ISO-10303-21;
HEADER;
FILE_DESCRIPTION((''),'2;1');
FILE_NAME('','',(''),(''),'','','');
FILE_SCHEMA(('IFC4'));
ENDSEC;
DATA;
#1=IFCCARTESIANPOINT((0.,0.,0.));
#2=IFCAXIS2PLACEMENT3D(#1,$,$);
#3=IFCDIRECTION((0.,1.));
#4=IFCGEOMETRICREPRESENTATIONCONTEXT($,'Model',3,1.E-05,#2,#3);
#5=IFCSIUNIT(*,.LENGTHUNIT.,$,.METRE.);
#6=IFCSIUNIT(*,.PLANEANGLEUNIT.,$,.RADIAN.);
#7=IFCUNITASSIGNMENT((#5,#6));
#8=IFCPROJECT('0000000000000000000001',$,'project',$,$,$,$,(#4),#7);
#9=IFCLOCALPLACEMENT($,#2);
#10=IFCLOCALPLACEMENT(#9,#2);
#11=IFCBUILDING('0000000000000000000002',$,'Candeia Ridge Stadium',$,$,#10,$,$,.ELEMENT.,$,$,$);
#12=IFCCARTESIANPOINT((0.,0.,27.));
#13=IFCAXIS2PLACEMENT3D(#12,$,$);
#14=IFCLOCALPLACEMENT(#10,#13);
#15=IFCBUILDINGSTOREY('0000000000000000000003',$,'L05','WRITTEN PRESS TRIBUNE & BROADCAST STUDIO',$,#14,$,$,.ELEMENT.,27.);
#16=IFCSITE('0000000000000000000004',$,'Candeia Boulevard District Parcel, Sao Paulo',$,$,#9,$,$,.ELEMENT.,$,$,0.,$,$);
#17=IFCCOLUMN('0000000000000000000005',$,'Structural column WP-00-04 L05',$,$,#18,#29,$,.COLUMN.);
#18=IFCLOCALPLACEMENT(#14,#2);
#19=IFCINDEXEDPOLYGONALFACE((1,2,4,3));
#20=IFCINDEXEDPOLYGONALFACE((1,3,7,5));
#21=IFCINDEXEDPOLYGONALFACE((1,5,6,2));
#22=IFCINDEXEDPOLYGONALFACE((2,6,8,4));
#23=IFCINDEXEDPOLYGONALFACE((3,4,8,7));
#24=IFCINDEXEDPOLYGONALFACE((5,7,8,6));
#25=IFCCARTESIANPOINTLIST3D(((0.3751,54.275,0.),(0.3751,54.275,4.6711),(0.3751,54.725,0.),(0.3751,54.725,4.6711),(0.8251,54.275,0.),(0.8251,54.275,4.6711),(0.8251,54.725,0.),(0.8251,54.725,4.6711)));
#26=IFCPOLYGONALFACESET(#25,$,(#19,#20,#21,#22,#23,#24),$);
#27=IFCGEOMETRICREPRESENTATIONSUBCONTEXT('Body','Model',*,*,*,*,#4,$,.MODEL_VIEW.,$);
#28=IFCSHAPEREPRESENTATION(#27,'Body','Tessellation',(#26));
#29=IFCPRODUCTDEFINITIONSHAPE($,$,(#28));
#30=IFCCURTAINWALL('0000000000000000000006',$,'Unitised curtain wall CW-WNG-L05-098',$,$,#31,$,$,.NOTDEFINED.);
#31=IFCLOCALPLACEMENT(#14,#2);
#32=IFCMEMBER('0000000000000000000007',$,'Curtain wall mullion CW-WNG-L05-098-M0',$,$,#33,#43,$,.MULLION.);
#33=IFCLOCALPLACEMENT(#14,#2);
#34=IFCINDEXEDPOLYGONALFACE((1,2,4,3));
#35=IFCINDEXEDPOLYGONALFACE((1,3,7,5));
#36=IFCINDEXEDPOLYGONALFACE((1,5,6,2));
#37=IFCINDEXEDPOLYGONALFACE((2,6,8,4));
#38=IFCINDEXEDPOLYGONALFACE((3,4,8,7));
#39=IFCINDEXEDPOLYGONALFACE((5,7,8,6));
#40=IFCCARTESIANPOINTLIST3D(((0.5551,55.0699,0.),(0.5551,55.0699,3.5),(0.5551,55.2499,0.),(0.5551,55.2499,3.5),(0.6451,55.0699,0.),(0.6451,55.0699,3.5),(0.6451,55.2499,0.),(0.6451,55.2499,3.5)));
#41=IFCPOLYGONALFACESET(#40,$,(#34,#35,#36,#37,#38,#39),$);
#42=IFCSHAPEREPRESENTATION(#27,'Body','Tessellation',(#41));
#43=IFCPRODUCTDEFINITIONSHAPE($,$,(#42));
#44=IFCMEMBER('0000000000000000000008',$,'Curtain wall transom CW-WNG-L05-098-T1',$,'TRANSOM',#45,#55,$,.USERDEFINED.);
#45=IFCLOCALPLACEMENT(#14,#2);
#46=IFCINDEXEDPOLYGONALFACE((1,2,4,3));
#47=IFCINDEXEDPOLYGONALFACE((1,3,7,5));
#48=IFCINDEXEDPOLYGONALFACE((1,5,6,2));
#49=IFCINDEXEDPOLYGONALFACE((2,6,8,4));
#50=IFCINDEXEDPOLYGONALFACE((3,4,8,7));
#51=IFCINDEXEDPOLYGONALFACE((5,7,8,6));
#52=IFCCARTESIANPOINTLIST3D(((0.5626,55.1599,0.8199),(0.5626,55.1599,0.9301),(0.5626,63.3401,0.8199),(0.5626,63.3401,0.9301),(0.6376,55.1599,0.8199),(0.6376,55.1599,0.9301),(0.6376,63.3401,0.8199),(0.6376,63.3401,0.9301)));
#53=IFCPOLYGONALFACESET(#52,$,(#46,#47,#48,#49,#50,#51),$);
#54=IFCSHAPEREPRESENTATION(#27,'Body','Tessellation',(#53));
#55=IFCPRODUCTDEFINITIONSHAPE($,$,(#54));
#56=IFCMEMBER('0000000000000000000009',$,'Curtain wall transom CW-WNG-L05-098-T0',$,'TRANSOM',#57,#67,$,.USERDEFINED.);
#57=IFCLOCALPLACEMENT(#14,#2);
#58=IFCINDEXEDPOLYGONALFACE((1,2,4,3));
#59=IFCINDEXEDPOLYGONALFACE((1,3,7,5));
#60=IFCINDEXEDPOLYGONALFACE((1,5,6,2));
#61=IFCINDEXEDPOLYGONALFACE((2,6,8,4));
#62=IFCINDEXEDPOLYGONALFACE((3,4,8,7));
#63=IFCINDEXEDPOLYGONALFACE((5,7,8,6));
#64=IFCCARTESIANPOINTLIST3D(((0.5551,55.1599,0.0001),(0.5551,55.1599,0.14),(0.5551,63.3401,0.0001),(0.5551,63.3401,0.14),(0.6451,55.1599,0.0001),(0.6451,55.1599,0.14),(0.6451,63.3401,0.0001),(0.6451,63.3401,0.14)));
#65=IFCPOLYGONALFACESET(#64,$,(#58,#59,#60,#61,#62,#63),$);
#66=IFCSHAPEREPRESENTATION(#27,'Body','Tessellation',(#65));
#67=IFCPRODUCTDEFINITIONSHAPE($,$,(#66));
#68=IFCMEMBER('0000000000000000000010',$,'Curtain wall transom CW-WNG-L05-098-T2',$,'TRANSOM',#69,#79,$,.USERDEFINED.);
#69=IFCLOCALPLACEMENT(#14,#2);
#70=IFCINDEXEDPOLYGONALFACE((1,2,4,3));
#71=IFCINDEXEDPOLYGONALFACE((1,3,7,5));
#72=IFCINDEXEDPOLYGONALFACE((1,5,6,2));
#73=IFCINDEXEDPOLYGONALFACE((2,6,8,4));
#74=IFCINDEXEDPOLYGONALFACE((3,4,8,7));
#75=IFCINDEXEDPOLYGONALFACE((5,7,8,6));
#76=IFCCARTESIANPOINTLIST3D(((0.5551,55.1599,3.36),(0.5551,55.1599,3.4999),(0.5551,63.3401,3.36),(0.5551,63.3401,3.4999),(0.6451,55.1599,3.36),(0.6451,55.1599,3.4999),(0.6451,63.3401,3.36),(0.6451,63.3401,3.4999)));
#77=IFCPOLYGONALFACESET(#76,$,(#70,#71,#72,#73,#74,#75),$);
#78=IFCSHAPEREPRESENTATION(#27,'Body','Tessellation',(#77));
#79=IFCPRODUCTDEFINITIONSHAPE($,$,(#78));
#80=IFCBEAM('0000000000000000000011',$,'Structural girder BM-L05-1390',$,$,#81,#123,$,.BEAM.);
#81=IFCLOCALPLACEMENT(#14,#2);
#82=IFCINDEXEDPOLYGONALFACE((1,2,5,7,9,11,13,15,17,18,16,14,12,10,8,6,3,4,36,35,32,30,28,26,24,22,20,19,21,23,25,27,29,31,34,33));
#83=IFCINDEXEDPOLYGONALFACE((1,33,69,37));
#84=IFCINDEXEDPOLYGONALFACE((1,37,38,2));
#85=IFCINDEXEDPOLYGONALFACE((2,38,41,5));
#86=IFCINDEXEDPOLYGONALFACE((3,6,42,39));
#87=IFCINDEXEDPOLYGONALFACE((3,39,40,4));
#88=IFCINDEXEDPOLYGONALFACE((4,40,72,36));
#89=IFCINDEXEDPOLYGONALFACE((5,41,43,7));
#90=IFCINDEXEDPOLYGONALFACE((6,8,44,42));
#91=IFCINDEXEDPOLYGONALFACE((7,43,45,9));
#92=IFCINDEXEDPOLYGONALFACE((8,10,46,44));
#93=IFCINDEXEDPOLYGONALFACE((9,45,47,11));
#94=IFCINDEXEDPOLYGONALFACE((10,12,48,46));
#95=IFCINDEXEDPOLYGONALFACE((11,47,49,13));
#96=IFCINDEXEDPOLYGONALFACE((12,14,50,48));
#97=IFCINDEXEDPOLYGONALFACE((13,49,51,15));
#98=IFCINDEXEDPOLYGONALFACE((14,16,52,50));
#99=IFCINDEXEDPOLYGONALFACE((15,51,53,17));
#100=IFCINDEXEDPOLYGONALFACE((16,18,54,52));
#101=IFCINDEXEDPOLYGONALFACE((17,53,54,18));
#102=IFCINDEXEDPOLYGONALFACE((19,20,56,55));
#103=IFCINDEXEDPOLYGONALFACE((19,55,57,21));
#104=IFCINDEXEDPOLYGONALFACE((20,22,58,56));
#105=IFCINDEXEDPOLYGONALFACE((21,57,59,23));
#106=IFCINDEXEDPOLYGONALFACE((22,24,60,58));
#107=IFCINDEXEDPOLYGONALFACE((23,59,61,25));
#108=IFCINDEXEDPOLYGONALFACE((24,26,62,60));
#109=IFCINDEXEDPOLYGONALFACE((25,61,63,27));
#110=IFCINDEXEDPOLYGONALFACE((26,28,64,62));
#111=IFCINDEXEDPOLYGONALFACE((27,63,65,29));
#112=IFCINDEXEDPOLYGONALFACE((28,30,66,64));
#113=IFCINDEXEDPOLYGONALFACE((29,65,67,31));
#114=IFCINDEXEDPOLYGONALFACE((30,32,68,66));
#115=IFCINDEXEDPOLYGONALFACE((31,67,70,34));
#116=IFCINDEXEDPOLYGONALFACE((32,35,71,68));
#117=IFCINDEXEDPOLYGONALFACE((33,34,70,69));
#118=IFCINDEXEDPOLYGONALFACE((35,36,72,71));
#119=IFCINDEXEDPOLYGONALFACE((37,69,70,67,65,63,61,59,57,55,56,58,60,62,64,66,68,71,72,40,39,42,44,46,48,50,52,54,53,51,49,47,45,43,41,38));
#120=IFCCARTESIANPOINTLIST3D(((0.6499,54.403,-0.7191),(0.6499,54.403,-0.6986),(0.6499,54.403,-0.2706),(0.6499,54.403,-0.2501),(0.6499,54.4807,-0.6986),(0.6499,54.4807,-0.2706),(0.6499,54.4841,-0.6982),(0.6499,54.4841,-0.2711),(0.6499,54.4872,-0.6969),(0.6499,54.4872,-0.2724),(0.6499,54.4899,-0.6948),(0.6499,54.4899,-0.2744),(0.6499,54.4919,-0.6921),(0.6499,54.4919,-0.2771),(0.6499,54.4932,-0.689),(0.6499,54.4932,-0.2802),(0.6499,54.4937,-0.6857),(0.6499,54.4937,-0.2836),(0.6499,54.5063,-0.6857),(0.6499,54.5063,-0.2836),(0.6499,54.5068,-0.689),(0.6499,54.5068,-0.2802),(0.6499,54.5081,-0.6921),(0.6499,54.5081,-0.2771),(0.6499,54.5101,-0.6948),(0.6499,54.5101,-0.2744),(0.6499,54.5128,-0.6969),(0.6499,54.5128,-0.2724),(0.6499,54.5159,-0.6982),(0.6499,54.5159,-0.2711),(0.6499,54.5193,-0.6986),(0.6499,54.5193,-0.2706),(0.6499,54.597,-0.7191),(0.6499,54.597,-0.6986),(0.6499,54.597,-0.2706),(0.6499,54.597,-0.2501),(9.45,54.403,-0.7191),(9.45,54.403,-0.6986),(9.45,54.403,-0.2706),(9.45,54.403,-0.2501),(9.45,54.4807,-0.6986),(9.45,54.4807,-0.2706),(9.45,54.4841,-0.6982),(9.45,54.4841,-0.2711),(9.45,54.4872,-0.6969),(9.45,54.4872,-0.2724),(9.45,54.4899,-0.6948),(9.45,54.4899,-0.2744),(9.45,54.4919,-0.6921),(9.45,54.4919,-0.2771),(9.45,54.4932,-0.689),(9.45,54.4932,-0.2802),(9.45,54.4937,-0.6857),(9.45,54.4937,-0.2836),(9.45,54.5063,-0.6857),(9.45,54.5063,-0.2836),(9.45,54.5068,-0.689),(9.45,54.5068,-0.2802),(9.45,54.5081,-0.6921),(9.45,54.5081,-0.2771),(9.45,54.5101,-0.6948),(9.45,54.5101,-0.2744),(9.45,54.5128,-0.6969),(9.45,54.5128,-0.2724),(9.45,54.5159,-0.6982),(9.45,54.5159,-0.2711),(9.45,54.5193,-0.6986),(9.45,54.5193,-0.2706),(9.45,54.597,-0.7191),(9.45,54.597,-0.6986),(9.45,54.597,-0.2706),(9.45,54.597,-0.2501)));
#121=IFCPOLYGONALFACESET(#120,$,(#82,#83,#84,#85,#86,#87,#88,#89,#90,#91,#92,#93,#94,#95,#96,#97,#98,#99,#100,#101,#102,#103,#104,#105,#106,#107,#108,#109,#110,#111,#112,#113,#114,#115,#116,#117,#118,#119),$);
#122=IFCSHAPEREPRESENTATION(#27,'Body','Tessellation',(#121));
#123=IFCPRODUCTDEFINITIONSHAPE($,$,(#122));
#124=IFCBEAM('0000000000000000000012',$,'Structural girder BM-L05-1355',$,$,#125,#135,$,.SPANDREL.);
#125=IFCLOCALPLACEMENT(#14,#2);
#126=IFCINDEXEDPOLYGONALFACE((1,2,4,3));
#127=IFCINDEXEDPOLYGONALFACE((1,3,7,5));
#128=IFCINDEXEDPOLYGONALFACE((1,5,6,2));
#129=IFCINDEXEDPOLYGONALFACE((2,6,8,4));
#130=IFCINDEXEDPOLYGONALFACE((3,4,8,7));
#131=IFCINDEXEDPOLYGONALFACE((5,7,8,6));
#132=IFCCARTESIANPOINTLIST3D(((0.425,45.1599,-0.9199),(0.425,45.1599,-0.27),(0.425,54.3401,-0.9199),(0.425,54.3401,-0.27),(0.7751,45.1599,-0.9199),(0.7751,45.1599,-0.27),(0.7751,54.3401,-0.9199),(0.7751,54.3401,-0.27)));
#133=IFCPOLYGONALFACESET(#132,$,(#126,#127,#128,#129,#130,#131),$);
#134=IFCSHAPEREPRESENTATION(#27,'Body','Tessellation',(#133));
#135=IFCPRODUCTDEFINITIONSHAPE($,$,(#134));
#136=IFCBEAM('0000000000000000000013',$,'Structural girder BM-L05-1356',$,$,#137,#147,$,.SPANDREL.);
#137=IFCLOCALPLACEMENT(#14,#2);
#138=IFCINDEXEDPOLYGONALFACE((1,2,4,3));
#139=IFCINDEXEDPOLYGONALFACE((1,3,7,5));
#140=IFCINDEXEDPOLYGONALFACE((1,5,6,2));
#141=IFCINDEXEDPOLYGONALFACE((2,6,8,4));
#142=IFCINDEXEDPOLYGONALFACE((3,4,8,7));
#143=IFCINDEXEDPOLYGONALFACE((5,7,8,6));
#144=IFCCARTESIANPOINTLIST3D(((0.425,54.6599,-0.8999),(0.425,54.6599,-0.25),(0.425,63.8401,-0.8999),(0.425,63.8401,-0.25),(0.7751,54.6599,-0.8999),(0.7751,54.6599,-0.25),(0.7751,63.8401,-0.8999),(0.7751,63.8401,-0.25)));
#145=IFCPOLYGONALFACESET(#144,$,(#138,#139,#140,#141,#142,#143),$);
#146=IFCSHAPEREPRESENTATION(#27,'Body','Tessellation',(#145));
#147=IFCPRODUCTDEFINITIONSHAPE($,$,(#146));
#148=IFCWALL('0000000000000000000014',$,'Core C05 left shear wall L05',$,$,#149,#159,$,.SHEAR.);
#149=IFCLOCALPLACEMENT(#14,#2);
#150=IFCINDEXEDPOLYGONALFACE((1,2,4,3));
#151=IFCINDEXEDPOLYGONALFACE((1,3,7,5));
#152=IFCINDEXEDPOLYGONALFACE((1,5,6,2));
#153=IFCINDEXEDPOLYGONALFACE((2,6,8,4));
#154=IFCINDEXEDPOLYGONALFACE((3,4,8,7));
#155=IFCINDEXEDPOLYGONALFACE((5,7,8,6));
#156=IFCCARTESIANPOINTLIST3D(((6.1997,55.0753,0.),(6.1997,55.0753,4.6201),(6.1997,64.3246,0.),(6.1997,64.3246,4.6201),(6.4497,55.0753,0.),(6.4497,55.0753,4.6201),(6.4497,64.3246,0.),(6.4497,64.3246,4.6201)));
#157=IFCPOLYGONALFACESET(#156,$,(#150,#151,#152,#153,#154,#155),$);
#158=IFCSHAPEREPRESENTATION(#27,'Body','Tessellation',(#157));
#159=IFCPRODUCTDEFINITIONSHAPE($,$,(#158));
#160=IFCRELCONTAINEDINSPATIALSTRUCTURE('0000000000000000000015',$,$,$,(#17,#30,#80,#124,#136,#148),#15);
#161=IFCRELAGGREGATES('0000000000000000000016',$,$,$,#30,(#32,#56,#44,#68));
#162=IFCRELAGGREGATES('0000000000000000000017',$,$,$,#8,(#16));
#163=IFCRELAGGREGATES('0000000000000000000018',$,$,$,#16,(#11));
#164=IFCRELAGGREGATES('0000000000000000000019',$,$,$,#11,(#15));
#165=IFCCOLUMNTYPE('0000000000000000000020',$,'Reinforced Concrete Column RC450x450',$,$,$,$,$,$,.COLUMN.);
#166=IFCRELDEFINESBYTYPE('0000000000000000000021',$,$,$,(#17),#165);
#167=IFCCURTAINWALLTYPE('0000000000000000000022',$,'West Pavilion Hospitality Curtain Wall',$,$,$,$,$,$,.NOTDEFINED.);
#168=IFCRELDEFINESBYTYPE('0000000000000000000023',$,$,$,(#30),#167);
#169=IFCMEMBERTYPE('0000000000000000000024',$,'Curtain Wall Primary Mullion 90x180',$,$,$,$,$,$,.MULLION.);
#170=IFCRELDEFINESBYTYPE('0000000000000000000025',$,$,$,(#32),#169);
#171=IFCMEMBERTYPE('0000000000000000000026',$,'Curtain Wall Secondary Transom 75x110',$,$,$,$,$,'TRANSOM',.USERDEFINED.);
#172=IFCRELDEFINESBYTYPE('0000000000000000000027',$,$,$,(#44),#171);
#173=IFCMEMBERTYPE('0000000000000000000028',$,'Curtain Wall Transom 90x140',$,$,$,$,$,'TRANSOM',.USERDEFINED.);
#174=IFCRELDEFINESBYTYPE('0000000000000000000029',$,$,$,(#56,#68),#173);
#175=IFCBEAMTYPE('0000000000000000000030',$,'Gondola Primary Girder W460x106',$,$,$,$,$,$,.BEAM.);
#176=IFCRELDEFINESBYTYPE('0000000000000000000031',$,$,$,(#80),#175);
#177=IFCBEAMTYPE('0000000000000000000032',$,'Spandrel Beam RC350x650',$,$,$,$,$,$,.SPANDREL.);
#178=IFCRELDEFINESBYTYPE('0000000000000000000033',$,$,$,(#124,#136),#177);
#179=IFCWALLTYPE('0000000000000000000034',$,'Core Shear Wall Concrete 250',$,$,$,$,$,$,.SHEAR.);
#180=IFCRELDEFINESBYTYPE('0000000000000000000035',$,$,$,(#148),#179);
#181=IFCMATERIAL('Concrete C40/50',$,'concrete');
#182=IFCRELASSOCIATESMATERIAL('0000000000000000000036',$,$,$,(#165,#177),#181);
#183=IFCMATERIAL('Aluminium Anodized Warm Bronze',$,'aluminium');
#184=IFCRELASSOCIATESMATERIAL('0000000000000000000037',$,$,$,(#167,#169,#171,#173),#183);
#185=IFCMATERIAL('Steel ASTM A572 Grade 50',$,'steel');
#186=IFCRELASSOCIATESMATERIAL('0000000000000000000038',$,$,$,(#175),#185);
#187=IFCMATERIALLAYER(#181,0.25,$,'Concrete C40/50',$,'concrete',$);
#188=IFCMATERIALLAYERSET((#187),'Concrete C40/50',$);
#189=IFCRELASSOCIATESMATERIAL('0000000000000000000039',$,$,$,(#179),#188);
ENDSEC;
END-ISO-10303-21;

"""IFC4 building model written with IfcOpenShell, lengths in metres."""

from ifc_helpers import new_model, si_unit, direction, frame, frame_2d, origin, origin_2d, place, context, subcontext, project, spatial, rectangle, i_section, extrude, material, layer, layer_set, material_profile, profile_set, type_object, element, aggregate, save


model = new_model("IFC4")

# Units and contexts
model_context = context("Model", 3, precision=1e-05, world=origin(), true_north=direction((0.0, 1.0)))
body_context = subcontext(model_context, "Body", "Model", "MODEL_VIEW")
ifc_project = project(units=[si_unit("LENGTHUNIT", "METRE"), si_unit("PLANEANGLEUNIT", "RADIAN")], contexts=[model_context])

# Site, building, storey
site_placement = place(None, origin())
site = spatial("IfcSite", under=ifc_project, at=site_placement, Name="Candeia Boulevard District Parcel, Sao Paulo", CompositionType="ELEMENT", RefElevation=0.0)
building_placement = place(site_placement, origin())
building = spatial("IfcBuilding", under=site, at=building_placement, Name="Candeia Ridge Stadium", CompositionType="ELEMENT")
storey_placement = place(building_placement, frame((0.0, 0.0, 27.0)))
storey = spatial("IfcBuildingStorey", under=building, at=storey_placement, Name="L05", Description="WRITTEN PRESS TRIBUNE & BROADCAST STUDIO", CompositionType="ELEMENT", Elevation=27.0)

# Column
ifc_material_1 = material(Name="Concrete C40/50", Category="concrete")
ifc_material_profile_1 = material_profile(ifc_material_1, rectangle(XDim=0.45, YDim=0.45, at=origin_2d()), Name="RC450x450", Category="concrete")
ifc_profile_set_1 = profile_set([ifc_material_profile_1], Name="Concrete C40/50")
column_type = type_object("IfcColumnType", Name="Reinforced Concrete Column RC450x450", PredefinedType="COLUMN", material=ifc_profile_set_1)
column_placement = place(storey_placement, frame((0.6001, 54.5, 0.0), z_axis=(0.0, 0.0, 1.0), x_axis=(1.0, 0.0, 0.0)))
element("IfcColumn", 1, at=column_placement, inside=storey, type_object=column_type, Name="Structural column WP-00-04 L05", PredefinedType="COLUMN", context=body_context, shape_type="SweptSolid", body=[
    extrude(rectangle(XDim=0.45, YDim=0.45, at=origin_2d()), origin(), (0.0, 0.0, 1.0), 4.6711),
])

# Curtain wall, members
ifc_material_2 = material(Name="Aluminium Anodized Warm Bronze", Category="aluminium")
curtain_wall_type = type_object("IfcCurtainWallType", Name="West Pavilion Hospitality Curtain Wall", PredefinedType="NOTDEFINED", material=ifc_material_2)
curtain_wall_placement = place(storey_placement, origin())
curtain_wall = element("IfcCurtainWall", 2, at=curtain_wall_placement, inside=storey, type_object=curtain_wall_type, Name="Unitised curtain wall CW-WNG-L05-098", PredefinedType="NOTDEFINED")
ifc_material_profile_2 = material_profile(ifc_material_2, rectangle(XDim=0.0901, YDim=0.1799, at=origin_2d()), Name="CWM-90x180", Category="aluminium")
ifc_profile_set_2 = profile_set([ifc_material_profile_2], Name="Aluminium Anodized Warm Bronze")
member_type_1 = type_object("IfcMemberType", Name="Curtain Wall Primary Mullion 90x180", PredefinedType="MULLION", material=ifc_profile_set_2)
member_1_placement = place(storey_placement, frame((0.6001, 55.1599, 0.0), z_axis=(0.0, 0.0, 1.0), x_axis=(1.0, 0.0, 0.0)))
member_1 = element("IfcMember", 3, at=member_1_placement, type_object=member_type_1, Name="Curtain wall mullion CW-WNG-L05-098-M0", PredefinedType="MULLION", context=body_context, shape_type="SweptSolid", body=[
    extrude(rectangle(XDim=0.0901, YDim=0.1799, at=origin_2d()), origin(), (0.0, 0.0, 1.0), 3.5),
])
ifc_material_profile_3 = material_profile(ifc_material_2, rectangle(XDim=0.075, YDim=0.1101, at=origin_2d()), Name="CWT-75x110", Category="aluminium")
ifc_profile_set_3 = profile_set([ifc_material_profile_3], Name="Aluminium Anodized Warm Bronze")
member_type_2 = type_object("IfcMemberType", Name="Curtain Wall Secondary Transom 75x110", ElementType="TRANSOM", PredefinedType="USERDEFINED", material=ifc_profile_set_3)
member_2_placement = place(storey_placement, frame((0.6001, 55.1599, 0.875), z_axis=(0.0, 1.0, 0.0), x_axis=(-1.0, 0.0, 0.0)))
member_2 = element("IfcMember", 4, at=member_2_placement, type_object=member_type_2, Name="Curtain wall transom CW-WNG-L05-098-T1", ObjectType="TRANSOM", PredefinedType="USERDEFINED", context=body_context, shape_type="SweptSolid", body=[
    extrude(rectangle(XDim=0.075, YDim=0.1101, at=origin_2d()), origin(), (0.0, 0.0, 1.0), 8.1802),
])
ifc_material_profile_4 = material_profile(ifc_material_2, rectangle(XDim=0.0901, YDim=0.1399, at=origin_2d()), Name="CWT-90x140", Category="aluminium")
ifc_profile_set_4 = profile_set([ifc_material_profile_4], Name="Aluminium Anodized Warm Bronze")
member_type_3 = type_object("IfcMemberType", Name="Curtain Wall Transom 90x140", ElementType="TRANSOM", PredefinedType="USERDEFINED", material=ifc_profile_set_4)
member_3_placement = place(storey_placement, frame((0.6001, 55.1599, 0.0701), z_axis=(0.0, 1.0, 0.0), x_axis=(-1.0, 0.0, 0.0)))
member_3 = element("IfcMember", 5, at=member_3_placement, type_object=member_type_3, Name="Curtain wall transom CW-WNG-L05-098-T0", ObjectType="TRANSOM", PredefinedType="USERDEFINED", context=body_context, shape_type="SweptSolid", body=[
    extrude(rectangle(XDim=0.0901, YDim=0.1399, at=origin_2d()), origin(), (0.0, 0.0, 1.0), 8.1802),
])
member_4_placement = place(storey_placement, frame((0.6001, 55.1599, 3.4299), z_axis=(0.0, 1.0, 0.0), x_axis=(-1.0, 0.0, 0.0)))
member_4 = element("IfcMember", 6, at=member_4_placement, type_object=member_type_3, Name="Curtain wall transom CW-WNG-L05-098-T2", ObjectType="TRANSOM", PredefinedType="USERDEFINED", context=body_context, shape_type="SweptSolid", body=[
    extrude(rectangle(XDim=0.0901, YDim=0.1399, at=origin_2d()), origin(), (0.0, 0.0, 1.0), 8.1802),
])
aggregate(curtain_wall, [member_1, member_3, member_2, member_4])

# Beams
ifc_material_3 = material(Name="Steel ASTM A572 Grade 50", Category="steel")
ifc_material_profile_5 = material_profile(ifc_material_3, i_section(OverallWidth=0.1941, OverallDepth=0.469, WebThickness=0.0127, FlangeThickness=0.0205, FilletRadius=0.0129, at=origin_2d()), Name="W460x106", Category="steel")
ifc_profile_set_5 = profile_set([ifc_material_profile_5], Name="Steel ASTM A572 Grade 50")
beam_type_1 = type_object("IfcBeamType", Name="Gondola Primary Girder W460x106", PredefinedType="BEAM", material=ifc_profile_set_5)
beam_placement = place(storey_placement, frame((0.6499, 54.5, -0.4846), z_axis=(1.0, 0.0, 0.0), x_axis=(0.0, 1.0, 0.0)))
element("IfcBeam", 7, at=beam_placement, inside=storey, type_object=beam_type_1, Name="Structural girder BM-L05-1390", PredefinedType="BEAM", context=body_context, shape_type="SweptSolid", body=[
    extrude(i_section(OverallWidth=0.1941, OverallDepth=0.469, WebThickness=0.0127, FlangeThickness=0.0205, FilletRadius=0.0129, at=origin_2d()), origin(), (0.0, 0.0, 1.0), 8.8),
])
ifc_material_profile_6 = material_profile(ifc_material_1, rectangle(XDim=0.3501, YDim=0.6499, at=origin_2d()), Name="RC350x650", Category="concrete")
ifc_profile_set_6 = profile_set([ifc_material_profile_6], Name="Concrete C40/50")
beam_type_2 = type_object("IfcBeamType", Name="Spandrel Beam RC350x650", PredefinedType="SPANDREL", material=ifc_profile_set_6)
for number, where, z_axis, x_axis, name in (
    (8, (0.6001, 45.1599, -0.595), (0.0, 1.0, 0.0), (-1.0, 0.0, 0.0), "Structural girder BM-L05-1355"),
    (9, (0.6001, 54.6599, -0.575), (0.0, 1.0, 0.0), (-1.0, 0.0, 0.0), "Structural girder BM-L05-1356"),
):
    element("IfcBeam", number, at=place(storey_placement, frame(where, z_axis=z_axis, x_axis=x_axis)), inside=storey, type_object=beam_type_2, Name=name, PredefinedType="SPANDREL", context=body_context, shape_type="SweptSolid", body=[
        extrude(rectangle(XDim=0.3501, YDim=0.6499, at=origin_2d()), origin(), (0.0, 0.0, 1.0), 9.1802),
    ])

# Wall
ifc_layer_1 = layer(ifc_material_1, 0.25, Name="Concrete C40/50", Category="concrete")
ifc_layer_set_1 = layer_set([ifc_layer_1], Name="Concrete C40/50")
wall_type_1 = type_object("IfcWallType", Name="Core Shear Wall Concrete 250", PredefinedType="SHEAR", material=ifc_layer_set_1)
wall_1_placement = place(storey_placement, frame((6.3247, 55.0754, 0.0), z_axis=(0.0, 0.0, 1.0), x_axis=(0.0, 1.0, 0.0)))
element("IfcWall", 10, at=wall_1_placement, inside=storey, type_object=wall_type_1, Name="Core C05 left shear wall L05", PredefinedType="SHEAR", context=body_context, shape_type="SweptSolid", body=[
    extrude(rectangle(XDim=9.2493, YDim=0.25, at=frame_2d((4.6245, 0.0))), origin(), (0.0, 0.0, 1.0), 4.6201),
])

save(model, "model.ifc")
